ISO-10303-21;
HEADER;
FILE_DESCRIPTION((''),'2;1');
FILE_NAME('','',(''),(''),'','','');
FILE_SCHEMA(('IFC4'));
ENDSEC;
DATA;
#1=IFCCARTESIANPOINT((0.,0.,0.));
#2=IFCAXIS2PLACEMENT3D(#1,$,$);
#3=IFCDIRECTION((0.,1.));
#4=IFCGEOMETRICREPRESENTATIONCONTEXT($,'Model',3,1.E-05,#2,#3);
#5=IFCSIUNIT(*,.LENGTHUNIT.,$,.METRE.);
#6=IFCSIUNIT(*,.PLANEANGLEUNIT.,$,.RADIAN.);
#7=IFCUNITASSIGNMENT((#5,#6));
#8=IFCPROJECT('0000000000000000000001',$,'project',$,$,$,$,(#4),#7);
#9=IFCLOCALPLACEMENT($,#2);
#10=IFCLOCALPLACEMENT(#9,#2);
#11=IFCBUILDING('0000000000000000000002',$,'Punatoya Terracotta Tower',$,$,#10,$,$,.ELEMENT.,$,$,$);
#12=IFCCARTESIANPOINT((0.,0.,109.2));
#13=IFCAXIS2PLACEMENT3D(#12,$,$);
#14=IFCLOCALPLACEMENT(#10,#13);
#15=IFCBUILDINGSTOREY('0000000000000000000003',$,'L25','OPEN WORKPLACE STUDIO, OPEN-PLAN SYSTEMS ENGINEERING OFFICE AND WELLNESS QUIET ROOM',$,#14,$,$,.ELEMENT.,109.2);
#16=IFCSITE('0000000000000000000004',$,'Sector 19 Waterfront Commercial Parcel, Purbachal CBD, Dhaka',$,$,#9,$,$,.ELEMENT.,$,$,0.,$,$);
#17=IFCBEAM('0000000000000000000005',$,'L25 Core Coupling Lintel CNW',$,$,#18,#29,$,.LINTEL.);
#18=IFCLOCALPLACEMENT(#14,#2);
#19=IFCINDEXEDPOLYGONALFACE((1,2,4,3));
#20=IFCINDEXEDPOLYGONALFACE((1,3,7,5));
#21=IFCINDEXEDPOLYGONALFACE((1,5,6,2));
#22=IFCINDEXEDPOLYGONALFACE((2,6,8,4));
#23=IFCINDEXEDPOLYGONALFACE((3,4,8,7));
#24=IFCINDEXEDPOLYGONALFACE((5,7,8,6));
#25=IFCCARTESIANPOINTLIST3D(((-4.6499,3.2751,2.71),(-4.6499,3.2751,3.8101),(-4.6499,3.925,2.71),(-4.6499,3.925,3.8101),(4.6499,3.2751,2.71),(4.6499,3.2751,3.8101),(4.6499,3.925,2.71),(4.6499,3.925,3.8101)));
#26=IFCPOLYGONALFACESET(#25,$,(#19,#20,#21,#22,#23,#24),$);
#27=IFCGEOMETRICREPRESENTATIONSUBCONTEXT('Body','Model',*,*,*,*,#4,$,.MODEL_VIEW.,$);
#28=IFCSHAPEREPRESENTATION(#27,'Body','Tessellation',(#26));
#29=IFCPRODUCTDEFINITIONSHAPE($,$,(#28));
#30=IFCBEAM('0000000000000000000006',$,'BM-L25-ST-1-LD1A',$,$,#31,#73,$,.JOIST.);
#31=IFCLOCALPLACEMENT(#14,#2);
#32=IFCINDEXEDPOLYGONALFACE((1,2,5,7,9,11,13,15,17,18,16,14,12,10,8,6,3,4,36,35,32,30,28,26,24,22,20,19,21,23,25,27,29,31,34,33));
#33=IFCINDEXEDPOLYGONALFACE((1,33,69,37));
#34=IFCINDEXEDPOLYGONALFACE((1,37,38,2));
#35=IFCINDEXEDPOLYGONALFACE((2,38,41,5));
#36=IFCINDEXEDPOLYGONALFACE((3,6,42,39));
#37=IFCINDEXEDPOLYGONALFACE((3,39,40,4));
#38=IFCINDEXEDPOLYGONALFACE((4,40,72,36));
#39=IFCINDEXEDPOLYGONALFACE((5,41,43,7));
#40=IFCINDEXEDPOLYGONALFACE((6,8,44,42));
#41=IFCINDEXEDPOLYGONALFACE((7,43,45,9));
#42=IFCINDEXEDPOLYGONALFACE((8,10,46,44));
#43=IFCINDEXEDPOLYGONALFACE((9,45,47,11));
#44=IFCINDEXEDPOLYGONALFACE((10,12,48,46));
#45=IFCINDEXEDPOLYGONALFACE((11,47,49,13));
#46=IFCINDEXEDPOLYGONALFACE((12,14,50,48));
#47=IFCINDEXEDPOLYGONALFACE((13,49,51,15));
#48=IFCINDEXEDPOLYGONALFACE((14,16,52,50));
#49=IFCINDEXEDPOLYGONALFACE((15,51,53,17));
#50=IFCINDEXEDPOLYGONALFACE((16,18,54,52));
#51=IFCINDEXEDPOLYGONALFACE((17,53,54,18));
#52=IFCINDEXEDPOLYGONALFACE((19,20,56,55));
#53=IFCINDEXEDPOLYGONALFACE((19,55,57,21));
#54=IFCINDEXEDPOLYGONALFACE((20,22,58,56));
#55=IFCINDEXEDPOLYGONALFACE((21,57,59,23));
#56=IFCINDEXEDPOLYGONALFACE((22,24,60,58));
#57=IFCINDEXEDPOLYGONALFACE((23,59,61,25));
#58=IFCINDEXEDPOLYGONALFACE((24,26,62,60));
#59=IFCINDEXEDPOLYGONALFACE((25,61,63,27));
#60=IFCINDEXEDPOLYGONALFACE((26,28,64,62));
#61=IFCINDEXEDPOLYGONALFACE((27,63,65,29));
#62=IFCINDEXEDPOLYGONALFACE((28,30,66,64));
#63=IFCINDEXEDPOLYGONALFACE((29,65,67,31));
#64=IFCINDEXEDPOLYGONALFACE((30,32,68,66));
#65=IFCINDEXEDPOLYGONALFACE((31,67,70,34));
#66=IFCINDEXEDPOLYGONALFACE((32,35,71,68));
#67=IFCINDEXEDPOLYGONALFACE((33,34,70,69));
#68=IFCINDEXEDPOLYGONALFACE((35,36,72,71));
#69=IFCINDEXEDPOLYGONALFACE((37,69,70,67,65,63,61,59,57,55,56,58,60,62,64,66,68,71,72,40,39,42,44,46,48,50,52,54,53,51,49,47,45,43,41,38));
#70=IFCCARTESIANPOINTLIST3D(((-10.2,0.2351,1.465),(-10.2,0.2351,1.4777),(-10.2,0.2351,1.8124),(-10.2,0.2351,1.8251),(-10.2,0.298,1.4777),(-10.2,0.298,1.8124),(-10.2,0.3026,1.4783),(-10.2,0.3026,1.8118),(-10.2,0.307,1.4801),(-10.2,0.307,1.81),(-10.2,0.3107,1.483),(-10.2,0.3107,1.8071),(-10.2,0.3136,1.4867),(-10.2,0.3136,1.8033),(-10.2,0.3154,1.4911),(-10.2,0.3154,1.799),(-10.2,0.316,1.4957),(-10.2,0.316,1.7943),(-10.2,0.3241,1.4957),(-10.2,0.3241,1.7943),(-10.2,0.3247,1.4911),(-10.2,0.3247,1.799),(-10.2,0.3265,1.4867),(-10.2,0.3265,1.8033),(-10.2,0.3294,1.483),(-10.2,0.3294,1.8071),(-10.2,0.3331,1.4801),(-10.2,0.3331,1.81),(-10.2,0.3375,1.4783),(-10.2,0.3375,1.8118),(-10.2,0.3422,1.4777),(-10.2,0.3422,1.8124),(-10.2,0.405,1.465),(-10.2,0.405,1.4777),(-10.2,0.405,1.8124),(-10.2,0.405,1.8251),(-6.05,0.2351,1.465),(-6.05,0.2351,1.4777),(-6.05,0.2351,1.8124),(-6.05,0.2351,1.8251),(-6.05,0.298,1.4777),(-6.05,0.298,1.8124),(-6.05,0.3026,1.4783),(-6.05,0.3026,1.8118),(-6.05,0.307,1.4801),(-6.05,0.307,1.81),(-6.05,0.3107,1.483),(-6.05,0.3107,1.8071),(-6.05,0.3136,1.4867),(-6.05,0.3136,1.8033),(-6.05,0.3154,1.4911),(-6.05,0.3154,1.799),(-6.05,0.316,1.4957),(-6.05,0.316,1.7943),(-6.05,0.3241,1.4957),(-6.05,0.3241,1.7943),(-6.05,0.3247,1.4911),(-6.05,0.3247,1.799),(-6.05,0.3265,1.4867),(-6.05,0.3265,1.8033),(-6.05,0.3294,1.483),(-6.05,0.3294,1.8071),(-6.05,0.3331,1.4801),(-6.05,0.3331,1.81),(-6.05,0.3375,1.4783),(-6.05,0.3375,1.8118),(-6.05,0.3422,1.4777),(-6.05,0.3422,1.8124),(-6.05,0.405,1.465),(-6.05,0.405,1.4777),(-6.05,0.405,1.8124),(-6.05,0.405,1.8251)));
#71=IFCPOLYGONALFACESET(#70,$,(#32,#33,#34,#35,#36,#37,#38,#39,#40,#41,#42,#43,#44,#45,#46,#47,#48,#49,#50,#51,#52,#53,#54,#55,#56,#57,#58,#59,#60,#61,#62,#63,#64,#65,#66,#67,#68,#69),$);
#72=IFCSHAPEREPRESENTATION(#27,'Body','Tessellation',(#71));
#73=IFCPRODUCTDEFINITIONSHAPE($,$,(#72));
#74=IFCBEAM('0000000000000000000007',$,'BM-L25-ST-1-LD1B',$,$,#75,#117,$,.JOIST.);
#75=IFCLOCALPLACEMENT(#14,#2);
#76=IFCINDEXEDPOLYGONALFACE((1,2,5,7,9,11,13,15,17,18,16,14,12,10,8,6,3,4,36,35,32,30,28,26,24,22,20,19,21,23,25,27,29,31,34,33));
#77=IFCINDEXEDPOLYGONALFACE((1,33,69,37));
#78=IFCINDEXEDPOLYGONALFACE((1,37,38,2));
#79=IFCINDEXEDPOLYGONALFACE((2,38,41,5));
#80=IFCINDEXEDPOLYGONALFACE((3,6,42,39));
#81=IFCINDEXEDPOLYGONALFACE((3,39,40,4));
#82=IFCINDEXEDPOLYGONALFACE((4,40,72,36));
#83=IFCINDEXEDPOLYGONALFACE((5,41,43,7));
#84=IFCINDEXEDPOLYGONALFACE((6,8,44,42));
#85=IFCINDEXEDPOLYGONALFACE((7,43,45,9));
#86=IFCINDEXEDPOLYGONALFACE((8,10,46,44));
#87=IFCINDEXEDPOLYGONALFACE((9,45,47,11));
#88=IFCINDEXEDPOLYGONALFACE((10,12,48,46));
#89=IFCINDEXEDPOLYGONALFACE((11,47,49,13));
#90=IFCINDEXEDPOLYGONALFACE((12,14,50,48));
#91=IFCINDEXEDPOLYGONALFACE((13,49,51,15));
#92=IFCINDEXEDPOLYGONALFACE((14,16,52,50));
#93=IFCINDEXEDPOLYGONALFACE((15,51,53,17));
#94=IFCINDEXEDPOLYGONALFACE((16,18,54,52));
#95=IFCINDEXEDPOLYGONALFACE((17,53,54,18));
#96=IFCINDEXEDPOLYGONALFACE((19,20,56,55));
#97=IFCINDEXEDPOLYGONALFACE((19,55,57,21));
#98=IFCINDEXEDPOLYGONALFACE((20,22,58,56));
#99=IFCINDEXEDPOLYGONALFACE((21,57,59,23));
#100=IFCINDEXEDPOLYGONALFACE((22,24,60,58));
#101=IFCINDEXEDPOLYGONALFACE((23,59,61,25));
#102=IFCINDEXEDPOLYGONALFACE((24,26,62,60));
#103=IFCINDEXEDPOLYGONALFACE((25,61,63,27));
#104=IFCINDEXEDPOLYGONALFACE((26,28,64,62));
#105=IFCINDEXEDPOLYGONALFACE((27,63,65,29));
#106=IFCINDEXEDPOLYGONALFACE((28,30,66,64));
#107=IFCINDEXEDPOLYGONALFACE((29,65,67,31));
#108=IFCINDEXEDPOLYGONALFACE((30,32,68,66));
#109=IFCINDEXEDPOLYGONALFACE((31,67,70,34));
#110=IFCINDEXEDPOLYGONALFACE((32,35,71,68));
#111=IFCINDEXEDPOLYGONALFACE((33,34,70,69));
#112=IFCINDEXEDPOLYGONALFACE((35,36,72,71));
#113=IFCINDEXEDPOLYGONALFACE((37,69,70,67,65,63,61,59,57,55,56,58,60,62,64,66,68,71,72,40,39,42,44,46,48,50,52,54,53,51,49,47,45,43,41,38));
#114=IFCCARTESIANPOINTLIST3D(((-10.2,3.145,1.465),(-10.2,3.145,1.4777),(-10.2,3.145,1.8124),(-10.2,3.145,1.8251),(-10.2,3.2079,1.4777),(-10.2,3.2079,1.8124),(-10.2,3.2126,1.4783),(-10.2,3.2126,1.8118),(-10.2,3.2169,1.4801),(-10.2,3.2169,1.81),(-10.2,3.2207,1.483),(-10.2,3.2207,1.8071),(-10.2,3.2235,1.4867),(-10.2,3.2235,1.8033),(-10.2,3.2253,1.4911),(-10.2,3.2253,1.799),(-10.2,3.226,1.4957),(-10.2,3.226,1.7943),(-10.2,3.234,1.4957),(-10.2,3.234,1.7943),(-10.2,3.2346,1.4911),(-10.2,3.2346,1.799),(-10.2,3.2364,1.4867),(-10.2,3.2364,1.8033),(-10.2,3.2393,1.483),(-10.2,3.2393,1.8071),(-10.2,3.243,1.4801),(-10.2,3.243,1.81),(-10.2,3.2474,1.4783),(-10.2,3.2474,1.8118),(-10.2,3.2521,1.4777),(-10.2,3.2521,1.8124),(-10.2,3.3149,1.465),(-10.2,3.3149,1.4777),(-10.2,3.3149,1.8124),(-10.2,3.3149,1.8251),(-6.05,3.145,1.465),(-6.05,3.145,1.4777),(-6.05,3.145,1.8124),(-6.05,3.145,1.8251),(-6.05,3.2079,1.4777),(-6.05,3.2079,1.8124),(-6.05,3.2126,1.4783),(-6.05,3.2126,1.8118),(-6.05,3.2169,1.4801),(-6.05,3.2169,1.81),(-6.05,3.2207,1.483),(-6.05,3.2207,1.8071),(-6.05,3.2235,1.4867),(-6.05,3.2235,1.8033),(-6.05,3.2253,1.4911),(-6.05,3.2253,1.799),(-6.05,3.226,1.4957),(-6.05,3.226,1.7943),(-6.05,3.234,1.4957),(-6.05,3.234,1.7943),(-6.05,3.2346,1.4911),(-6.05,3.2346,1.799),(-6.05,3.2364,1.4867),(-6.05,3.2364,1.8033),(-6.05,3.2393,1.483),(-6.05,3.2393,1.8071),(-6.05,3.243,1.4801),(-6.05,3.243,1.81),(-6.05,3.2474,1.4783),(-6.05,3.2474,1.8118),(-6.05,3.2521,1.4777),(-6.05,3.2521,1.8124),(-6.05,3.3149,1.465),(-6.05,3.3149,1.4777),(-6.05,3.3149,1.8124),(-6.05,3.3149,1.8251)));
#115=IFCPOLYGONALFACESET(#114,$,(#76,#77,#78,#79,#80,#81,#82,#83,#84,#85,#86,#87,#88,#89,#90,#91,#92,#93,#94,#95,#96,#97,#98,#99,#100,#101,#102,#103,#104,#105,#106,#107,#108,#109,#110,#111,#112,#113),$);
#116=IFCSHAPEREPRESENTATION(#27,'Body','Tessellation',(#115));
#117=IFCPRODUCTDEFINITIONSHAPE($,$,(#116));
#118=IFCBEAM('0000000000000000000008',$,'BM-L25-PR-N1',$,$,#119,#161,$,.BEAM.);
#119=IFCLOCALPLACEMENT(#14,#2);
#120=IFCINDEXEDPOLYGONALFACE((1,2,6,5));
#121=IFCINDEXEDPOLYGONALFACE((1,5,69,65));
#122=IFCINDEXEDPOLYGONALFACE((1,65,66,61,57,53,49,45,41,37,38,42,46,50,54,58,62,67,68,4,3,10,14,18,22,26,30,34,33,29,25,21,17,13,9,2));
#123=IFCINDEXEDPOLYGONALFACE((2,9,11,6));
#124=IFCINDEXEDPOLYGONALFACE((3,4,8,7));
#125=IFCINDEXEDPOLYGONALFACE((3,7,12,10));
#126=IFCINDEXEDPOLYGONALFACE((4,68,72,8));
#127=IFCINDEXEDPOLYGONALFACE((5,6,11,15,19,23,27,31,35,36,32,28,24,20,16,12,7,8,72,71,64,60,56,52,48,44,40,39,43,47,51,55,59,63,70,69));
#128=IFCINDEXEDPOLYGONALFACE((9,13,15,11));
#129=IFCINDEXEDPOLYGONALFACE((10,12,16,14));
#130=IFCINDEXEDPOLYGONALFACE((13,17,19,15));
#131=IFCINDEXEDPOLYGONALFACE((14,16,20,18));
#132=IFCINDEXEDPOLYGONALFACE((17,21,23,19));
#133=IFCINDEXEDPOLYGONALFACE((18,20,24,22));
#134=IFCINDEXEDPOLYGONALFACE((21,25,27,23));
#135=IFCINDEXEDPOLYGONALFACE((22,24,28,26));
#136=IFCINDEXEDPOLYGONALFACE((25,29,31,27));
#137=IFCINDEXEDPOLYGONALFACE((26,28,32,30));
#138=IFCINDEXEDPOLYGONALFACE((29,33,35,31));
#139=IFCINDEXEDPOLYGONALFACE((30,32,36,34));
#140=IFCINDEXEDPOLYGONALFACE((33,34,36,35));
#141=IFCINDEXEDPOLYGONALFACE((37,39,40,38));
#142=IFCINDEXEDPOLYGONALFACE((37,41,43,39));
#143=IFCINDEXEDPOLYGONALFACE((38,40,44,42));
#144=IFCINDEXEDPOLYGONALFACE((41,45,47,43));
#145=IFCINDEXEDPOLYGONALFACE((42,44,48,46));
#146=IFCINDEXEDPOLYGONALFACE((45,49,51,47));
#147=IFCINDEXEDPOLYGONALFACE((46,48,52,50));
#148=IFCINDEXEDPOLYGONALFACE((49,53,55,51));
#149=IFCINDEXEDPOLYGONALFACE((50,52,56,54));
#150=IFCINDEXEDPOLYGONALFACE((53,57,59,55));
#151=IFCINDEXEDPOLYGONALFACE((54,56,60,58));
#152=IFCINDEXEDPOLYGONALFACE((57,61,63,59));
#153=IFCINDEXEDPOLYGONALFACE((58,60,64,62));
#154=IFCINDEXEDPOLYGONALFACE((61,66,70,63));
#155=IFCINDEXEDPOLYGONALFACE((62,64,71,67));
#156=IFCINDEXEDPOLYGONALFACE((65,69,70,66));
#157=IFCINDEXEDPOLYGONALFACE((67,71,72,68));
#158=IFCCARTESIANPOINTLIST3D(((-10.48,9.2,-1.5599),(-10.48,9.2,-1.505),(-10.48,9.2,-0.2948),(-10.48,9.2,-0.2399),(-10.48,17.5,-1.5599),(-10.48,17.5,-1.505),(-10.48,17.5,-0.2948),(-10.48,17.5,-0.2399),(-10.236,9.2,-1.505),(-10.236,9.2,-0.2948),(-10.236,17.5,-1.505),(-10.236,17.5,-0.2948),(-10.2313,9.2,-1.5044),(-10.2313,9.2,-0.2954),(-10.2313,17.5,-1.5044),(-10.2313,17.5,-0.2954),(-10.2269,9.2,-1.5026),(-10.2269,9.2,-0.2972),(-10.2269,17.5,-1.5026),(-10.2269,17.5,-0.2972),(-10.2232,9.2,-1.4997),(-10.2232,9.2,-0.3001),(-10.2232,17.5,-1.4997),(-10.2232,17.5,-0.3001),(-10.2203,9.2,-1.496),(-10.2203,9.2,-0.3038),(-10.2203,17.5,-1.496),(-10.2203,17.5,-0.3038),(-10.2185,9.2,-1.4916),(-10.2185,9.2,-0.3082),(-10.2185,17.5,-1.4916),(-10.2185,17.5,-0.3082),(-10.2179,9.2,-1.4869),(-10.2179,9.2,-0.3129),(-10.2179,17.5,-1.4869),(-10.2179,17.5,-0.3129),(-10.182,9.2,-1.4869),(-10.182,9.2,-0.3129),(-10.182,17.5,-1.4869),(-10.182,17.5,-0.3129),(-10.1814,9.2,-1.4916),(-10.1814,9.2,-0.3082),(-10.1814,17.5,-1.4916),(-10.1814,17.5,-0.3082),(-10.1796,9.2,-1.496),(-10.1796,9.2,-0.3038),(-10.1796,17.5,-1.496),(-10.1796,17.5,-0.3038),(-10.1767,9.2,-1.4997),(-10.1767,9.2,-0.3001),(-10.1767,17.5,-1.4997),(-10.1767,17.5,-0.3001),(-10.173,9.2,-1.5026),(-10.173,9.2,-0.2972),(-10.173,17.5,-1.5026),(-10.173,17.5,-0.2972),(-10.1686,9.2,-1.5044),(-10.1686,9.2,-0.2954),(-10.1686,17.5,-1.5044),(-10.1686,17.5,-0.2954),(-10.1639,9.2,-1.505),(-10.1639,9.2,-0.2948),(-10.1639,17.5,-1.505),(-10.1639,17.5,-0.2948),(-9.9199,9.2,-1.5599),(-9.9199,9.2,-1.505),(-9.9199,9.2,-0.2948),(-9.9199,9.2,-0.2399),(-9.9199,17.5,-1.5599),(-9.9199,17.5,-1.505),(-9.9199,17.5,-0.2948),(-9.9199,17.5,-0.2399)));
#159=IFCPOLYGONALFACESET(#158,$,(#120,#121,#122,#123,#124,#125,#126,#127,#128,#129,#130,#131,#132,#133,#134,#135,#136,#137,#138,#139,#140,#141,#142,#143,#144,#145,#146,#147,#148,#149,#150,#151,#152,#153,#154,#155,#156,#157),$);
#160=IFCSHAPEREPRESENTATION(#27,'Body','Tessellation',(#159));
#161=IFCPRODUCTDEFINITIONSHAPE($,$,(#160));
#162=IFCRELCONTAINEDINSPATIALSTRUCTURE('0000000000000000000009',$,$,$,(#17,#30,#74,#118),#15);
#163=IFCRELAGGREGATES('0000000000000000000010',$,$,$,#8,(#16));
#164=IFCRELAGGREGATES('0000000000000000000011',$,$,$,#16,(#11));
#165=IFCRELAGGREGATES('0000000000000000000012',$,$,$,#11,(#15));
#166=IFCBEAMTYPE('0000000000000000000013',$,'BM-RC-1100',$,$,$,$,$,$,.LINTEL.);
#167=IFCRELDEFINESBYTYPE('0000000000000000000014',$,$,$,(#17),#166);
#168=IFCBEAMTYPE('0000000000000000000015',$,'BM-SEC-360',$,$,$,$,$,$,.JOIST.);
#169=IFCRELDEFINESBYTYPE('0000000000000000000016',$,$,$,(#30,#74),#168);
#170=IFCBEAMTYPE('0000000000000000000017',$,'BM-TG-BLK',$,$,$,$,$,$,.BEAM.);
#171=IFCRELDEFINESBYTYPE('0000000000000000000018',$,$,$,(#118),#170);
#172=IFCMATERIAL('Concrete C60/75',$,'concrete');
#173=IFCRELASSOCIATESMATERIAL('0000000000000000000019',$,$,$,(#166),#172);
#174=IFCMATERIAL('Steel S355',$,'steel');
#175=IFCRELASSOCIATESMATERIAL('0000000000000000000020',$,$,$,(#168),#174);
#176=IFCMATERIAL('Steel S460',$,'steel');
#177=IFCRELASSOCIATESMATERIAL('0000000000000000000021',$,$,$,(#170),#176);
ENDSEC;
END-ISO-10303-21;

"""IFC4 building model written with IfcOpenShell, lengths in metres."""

from ifc_helpers import new_model, si_unit, direction, frame, origin, origin_2d, place, context, subcontext, project, spatial, rectangle, i_section, extrude, material, material_profile, profile_set, type_object, element, save


model = new_model("IFC4")

# Units and contexts
model_context = context("Model", 3, precision=1e-05, world=origin(), true_north=direction((0.0, 1.0)))
body_context = subcontext(model_context, "Body", "Model", "MODEL_VIEW")
ifc_project = project(units=[si_unit("LENGTHUNIT", "METRE"), si_unit("PLANEANGLEUNIT", "RADIAN")], contexts=[model_context])

# Site, building, storey
site_placement = place(None, origin())
site = spatial("IfcSite", under=ifc_project, at=site_placement, Name="Sector 19 Waterfront Commercial Parcel, Purbachal CBD, Dhaka", CompositionType="ELEMENT", RefElevation=0.0)
building_placement = place(site_placement, origin())
building = spatial("IfcBuilding", under=site, at=building_placement, Name="Punatoya Terracotta Tower", CompositionType="ELEMENT")
storey_placement = place(building_placement, frame((0.0, 0.0, 109.2)))
storey = spatial("IfcBuildingStorey", under=building, at=storey_placement, Name="L25", Description="OPEN WORKPLACE STUDIO, OPEN-PLAN SYSTEMS ENGINEERING OFFICE AND WELLNESS QUIET ROOM", CompositionType="ELEMENT", Elevation=109.2)

# Beams
ifc_material_1 = material(Name="Concrete C60/75", Category="concrete")
ifc_material_profile_1 = material_profile(ifc_material_1, rectangle(XDim=0.6499, YDim=1.1001, at=origin_2d()))
ifc_profile_set_1 = profile_set([ifc_material_profile_1], Name="Concrete C60/75")
beam_type_1 = type_object("IfcBeamType", Name="BM-RC-1100", PredefinedType="LINTEL", material=ifc_profile_set_1)
beam_placement = place(storey_placement, frame((-4.6499, 3.6001, 3.26), z_axis=(1.0, 0.0, 0.0), x_axis=(0.0, 1.0, 0.0)))
element("IfcBeam", 1, at=beam_placement, inside=storey, type_object=beam_type_1, Name="L25 Core Coupling Lintel CNW", PredefinedType="LINTEL", context=body_context, shape_type="SweptSolid", body=[
    extrude(rectangle(XDim=0.6499, YDim=1.1001, at=origin_2d()), origin(), (0.0, 0.0, 1.0), 9.2998),
])
ifc_material_2 = material(Name="Steel S355", Category="steel")
ifc_material_profile_2 = material_profile(ifc_material_2, i_section(OverallWidth=0.1699, OverallDepth=0.3601, WebThickness=0.0081, FlangeThickness=0.0127, FilletRadius=0.0181, at=origin_2d()))
ifc_profile_set_2 = profile_set([ifc_material_profile_2], Name="Steel S355")
beam_type_2 = type_object("IfcBeamType", Name="BM-SEC-360", PredefinedType="JOIST", material=ifc_profile_set_2)
for number, where, z_axis, x_axis, name in (
    (2, (-10.2, 0.3201, 1.645), (1.0, 0.0, 0.0), (0.0, 1.0, 0.0), "BM-L25-ST-1-LD1A"),
    (3, (-10.2, 3.23, 1.645), (1.0, 0.0, 0.0), (0.0, 1.0, 0.0), "BM-L25-ST-1-LD1B"),
):
    element("IfcBeam", number, at=place(storey_placement, frame(where, z_axis=z_axis, x_axis=x_axis)), inside=storey, type_object=beam_type_2, Name=name, PredefinedType="JOIST", context=body_context, shape_type="SweptSolid", body=[
        extrude(i_section(OverallWidth=0.1699, OverallDepth=0.3601, WebThickness=0.0081, FlangeThickness=0.0127, FilletRadius=0.0181, at=origin_2d()), origin(), (0.0, 0.0, 1.0), 4.1499),
    ])
ifc_material_3 = material(Name="Steel S460", Category="steel")
ifc_material_profile_3 = material_profile(ifc_material_3, i_section(OverallWidth=0.5601, OverallDepth=1.3201, WebThickness=0.0359, FlangeThickness=0.0549, FilletRadius=0.0181, at=origin_2d()))
ifc_profile_set_3 = profile_set([ifc_material_profile_3], Name="Steel S460")
beam_type_3 = type_object("IfcBeamType", Name="BM-TG-BLK", PredefinedType="BEAM", material=ifc_profile_set_3)
for number, where, z_axis, x_axis, name in (
    (4, (-10.2, 9.2, -0.8999), (0.0, 1.0, 0.0), (-1.0, 0.0, 0.0), "BM-L25-PR-N1"),
):
    element("IfcBeam", number, at=place(storey_placement, frame(where, z_axis=z_axis, x_axis=x_axis)), inside=storey, type_object=beam_type_3, Name=name, PredefinedType="BEAM", context=body_context, shape_type="SweptSolid", body=[
        extrude(i_section(OverallWidth=0.5601, OverallDepth=1.3201, WebThickness=0.0359, FlangeThickness=0.0549, FilletRadius=0.0181, at=origin_2d()), origin(), (0.0, 0.0, 1.0), 8.3),
    ])

save(model, "model.ifc")
